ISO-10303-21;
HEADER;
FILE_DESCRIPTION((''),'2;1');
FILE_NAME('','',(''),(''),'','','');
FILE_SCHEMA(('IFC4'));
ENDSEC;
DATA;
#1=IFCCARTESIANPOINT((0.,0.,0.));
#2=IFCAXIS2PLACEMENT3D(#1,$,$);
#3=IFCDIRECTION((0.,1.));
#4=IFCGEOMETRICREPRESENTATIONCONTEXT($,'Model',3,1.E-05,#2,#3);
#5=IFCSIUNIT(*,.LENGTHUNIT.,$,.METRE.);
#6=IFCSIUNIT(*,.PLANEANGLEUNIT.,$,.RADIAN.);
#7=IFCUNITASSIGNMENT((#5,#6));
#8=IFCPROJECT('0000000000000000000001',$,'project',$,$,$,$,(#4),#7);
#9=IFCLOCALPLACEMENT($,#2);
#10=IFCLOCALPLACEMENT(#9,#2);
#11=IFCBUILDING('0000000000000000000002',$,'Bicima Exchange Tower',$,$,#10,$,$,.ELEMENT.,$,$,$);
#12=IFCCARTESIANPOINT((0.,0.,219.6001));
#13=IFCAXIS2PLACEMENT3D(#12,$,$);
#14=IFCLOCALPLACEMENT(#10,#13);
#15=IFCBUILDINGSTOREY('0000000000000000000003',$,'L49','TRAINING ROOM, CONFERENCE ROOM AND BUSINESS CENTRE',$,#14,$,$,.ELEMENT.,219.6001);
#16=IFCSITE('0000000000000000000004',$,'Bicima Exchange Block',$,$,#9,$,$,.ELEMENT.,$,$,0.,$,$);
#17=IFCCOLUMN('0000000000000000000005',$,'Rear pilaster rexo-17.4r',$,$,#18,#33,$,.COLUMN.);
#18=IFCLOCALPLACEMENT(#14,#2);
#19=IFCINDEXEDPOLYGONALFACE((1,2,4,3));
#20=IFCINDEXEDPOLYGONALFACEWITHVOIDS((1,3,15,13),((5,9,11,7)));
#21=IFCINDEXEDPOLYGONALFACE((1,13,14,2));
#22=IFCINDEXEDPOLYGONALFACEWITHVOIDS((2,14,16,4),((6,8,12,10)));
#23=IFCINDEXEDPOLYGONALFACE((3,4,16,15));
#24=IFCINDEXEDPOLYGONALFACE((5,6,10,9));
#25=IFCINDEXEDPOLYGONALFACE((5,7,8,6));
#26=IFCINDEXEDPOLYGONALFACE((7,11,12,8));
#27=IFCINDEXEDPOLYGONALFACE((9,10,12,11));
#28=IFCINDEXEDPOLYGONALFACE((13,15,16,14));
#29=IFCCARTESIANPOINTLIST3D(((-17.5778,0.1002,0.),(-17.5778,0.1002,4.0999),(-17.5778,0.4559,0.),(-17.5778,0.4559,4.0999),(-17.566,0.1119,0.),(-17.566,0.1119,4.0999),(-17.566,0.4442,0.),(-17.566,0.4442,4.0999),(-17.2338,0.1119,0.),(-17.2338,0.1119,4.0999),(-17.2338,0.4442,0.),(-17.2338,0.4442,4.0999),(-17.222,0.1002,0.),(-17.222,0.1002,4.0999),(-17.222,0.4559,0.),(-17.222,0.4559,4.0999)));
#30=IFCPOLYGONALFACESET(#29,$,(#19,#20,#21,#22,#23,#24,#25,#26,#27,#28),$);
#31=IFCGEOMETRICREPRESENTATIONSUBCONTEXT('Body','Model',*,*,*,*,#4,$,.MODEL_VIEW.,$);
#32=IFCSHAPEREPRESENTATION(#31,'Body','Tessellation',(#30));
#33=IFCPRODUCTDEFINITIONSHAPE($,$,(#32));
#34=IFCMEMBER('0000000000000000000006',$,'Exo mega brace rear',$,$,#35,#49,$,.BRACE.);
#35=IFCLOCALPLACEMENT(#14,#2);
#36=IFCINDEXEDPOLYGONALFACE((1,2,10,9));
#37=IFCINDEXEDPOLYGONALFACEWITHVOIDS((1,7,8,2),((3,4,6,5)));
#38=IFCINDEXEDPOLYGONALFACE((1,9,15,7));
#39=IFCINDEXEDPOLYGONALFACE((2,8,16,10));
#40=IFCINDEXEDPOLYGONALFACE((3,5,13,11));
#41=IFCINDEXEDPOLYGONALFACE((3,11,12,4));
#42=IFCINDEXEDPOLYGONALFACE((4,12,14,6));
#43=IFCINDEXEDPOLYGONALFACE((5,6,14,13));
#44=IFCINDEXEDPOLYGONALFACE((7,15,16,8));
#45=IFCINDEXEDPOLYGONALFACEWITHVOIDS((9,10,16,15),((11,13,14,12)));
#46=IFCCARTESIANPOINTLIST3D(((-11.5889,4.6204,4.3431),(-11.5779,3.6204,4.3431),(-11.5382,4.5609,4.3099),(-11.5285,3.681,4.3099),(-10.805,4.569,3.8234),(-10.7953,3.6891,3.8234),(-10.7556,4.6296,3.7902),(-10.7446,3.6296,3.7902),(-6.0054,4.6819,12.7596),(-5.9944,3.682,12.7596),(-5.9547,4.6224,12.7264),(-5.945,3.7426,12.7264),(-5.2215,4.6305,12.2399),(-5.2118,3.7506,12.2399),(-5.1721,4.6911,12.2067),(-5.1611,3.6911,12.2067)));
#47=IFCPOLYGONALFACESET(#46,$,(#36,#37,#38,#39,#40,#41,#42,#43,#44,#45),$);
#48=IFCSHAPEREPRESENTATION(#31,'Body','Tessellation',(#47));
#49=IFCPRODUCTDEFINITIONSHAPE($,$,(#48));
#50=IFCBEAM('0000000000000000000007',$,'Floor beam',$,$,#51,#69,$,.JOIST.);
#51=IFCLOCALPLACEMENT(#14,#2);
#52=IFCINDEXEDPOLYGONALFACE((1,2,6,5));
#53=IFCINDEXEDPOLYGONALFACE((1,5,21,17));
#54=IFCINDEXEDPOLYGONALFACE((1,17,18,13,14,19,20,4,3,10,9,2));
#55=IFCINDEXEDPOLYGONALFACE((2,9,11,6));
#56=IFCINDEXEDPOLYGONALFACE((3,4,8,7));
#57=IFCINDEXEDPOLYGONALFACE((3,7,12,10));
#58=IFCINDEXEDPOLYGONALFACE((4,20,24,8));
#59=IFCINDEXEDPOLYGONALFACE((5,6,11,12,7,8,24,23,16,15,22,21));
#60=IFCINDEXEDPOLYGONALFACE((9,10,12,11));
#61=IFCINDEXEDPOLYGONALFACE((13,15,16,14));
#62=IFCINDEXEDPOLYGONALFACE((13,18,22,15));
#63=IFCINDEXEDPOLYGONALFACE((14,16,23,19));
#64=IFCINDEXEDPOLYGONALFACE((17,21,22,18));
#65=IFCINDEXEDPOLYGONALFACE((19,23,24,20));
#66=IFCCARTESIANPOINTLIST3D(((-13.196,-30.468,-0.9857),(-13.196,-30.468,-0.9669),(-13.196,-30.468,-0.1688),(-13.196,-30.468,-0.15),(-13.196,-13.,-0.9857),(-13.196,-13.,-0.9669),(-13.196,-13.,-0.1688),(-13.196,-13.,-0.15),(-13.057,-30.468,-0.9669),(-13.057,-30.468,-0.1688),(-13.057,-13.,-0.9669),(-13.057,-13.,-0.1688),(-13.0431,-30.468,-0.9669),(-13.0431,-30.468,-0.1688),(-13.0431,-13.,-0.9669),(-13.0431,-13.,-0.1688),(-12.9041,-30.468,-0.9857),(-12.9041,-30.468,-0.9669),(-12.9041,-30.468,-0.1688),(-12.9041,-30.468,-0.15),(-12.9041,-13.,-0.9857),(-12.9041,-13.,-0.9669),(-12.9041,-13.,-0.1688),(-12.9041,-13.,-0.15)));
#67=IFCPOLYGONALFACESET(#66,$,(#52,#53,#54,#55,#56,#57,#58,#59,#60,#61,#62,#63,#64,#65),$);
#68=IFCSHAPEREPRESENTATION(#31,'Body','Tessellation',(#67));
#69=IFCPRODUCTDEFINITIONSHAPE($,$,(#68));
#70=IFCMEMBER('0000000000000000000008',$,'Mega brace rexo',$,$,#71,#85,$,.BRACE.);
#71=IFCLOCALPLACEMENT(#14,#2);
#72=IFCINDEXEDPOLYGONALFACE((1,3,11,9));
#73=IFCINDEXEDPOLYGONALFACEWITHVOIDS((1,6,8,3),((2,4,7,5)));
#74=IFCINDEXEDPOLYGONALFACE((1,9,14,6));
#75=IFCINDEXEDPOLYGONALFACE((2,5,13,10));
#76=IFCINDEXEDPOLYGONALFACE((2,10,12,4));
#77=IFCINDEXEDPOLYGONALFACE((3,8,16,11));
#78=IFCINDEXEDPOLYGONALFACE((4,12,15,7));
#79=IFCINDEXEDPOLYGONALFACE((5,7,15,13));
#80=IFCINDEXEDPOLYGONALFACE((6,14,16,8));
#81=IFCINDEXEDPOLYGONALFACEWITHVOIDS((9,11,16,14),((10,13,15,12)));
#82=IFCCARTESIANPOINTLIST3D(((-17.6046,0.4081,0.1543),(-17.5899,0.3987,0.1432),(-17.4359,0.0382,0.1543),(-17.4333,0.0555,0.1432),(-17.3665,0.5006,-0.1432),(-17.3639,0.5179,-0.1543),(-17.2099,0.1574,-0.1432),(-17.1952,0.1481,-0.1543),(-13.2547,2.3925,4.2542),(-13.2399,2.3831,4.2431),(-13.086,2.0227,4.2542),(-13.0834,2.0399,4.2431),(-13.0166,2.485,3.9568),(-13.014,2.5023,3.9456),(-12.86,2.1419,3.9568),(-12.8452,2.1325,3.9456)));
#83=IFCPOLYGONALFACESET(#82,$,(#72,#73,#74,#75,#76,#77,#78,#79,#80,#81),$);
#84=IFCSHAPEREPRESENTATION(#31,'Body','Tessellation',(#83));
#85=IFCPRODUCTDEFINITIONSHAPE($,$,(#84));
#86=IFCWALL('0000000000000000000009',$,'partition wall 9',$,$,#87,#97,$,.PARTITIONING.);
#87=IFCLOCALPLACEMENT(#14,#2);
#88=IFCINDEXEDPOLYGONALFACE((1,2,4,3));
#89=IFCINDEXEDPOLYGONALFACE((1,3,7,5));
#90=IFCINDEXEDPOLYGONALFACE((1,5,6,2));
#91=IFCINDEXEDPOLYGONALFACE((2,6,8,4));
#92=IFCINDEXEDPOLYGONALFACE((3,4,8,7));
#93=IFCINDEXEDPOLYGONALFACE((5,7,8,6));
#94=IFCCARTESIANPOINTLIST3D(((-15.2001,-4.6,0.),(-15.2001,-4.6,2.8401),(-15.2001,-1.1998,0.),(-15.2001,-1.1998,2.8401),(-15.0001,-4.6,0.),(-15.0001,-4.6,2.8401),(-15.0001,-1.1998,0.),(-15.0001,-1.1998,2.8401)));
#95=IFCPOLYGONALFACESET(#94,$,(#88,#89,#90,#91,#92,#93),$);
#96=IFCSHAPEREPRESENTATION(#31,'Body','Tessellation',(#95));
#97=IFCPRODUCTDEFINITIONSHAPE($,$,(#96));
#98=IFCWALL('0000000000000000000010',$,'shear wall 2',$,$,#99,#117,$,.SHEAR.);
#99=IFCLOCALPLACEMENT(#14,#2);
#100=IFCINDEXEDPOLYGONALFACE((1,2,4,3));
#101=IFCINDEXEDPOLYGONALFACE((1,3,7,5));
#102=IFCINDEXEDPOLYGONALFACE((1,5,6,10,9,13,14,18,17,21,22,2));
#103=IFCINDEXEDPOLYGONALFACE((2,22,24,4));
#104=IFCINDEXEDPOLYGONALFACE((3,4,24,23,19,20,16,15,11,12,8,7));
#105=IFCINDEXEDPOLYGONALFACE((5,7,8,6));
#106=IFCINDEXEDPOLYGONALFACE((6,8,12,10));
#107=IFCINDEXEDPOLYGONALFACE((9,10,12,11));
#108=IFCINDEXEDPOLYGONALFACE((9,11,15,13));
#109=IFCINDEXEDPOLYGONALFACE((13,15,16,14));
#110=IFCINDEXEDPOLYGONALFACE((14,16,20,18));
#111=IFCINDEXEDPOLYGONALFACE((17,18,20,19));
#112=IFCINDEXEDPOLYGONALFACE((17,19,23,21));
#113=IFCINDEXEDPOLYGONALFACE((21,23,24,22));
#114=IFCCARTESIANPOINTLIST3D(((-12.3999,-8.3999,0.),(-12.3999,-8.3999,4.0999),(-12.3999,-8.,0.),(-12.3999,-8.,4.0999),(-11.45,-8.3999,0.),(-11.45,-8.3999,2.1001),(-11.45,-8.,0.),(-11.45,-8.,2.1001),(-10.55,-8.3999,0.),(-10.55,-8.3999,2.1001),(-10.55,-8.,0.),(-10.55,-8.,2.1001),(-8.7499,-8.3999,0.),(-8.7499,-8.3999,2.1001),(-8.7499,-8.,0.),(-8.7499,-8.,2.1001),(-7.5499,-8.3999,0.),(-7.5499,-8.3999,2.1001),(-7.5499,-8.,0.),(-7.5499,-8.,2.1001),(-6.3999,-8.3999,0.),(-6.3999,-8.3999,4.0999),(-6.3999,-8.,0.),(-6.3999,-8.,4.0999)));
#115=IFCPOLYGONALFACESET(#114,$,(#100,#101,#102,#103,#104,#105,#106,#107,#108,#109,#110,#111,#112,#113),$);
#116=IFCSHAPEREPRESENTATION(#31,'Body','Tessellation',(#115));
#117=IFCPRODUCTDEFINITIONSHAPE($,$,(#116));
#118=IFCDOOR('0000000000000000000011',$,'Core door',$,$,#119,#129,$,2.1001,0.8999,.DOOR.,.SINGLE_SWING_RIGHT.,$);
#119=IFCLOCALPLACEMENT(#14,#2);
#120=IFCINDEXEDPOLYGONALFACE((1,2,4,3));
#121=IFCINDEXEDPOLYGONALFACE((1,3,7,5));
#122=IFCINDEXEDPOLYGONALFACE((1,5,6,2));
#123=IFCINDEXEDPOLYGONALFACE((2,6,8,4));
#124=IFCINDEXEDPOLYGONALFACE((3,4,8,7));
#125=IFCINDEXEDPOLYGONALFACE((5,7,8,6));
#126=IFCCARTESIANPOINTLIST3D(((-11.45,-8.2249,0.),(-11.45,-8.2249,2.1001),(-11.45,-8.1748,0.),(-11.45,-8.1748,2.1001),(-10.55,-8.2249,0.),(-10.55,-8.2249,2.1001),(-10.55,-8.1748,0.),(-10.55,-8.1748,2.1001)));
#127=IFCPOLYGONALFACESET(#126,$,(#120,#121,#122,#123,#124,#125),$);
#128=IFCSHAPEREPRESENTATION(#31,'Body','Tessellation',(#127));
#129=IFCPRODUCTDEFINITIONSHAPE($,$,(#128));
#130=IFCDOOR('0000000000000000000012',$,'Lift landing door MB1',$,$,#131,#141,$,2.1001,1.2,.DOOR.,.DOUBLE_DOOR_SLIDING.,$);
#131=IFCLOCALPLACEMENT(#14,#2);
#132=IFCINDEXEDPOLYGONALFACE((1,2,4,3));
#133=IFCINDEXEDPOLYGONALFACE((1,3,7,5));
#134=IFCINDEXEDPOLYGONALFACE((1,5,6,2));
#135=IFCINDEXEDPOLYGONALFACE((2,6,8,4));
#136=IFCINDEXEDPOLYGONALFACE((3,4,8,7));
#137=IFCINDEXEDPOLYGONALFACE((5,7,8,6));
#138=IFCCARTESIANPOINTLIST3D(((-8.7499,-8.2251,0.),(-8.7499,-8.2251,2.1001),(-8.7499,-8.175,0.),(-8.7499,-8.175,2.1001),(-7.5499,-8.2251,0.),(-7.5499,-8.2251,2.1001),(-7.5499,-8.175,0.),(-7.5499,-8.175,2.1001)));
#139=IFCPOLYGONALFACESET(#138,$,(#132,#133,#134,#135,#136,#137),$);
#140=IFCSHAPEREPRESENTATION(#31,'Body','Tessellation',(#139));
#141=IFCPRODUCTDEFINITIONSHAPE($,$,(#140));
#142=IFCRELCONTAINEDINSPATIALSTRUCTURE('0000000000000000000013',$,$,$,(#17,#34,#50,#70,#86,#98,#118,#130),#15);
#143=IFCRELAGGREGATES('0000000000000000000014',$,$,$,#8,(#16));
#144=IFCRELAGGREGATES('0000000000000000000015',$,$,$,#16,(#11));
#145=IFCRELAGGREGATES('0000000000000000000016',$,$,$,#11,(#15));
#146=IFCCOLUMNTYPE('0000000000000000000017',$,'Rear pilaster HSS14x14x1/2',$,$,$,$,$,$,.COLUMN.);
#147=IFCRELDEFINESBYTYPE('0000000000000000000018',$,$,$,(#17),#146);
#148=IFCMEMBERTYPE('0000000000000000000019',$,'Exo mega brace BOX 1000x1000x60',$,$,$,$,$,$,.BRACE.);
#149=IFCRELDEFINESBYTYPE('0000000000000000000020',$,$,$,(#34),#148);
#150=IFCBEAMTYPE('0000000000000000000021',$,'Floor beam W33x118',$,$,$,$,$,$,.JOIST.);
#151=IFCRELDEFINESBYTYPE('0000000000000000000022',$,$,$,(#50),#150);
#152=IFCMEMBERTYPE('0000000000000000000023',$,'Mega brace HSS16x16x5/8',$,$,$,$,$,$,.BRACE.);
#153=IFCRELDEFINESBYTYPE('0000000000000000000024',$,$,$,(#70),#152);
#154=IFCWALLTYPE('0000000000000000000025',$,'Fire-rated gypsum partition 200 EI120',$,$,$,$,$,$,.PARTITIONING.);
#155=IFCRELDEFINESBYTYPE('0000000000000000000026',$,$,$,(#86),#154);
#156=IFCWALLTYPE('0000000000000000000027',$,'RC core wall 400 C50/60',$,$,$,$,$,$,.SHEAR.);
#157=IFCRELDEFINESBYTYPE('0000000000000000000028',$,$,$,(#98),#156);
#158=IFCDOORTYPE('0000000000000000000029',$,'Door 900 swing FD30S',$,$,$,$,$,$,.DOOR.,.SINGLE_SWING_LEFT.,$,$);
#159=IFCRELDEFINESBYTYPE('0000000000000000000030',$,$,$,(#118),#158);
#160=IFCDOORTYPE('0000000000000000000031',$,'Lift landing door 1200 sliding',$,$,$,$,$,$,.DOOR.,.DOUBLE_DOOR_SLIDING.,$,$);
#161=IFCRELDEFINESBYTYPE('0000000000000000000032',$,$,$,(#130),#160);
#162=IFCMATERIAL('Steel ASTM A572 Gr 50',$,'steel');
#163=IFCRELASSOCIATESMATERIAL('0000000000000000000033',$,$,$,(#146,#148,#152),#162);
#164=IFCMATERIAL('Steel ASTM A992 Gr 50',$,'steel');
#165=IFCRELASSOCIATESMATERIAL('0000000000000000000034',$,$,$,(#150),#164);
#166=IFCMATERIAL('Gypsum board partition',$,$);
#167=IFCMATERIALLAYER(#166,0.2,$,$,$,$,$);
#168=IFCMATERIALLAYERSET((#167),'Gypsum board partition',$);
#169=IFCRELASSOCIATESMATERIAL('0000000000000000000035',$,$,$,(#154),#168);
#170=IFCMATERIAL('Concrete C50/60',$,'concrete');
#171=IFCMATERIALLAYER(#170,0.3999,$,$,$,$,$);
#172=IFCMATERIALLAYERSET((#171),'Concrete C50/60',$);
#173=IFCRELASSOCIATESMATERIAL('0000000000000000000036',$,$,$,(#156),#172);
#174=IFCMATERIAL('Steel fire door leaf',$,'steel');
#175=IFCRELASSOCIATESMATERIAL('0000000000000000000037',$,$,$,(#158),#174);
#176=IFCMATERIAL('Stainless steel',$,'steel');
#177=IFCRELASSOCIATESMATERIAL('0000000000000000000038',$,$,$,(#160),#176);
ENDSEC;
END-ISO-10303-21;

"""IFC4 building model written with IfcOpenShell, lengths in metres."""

from ifc_helpers import new_model, si_unit, direction, frame, frame_2d, origin, origin_2d, place, context, subcontext, project, spatial, rectangle, hollow_rectangle, i_section, extrude, material, layer, layer_set, material_profile, profile_set, type_object, element, fill, save


model = new_model("IFC4")

# Units and contexts
model_context = context("Model", 3, precision=1e-05, world=origin(), true_north=direction((0.0, 1.0)))
body_context = subcontext(model_context, "Body", "Model", "MODEL_VIEW")
ifc_project = project(units=[si_unit("LENGTHUNIT", "METRE"), si_unit("PLANEANGLEUNIT", "RADIAN")], contexts=[model_context])

# Site, building, storey
site_placement = place(None, origin())
site = spatial("IfcSite", under=ifc_project, at=site_placement, Name="Bicima Exchange Block", CompositionType="ELEMENT", RefElevation=0.0)
building_placement = place(site_placement, origin())
building = spatial("IfcBuilding", under=site, at=building_placement, Name="Bicima Exchange Tower", CompositionType="ELEMENT")
storey_placement = place(building_placement, frame((0.0, 0.0, 219.6001)))
storey = spatial("IfcBuildingStorey", under=building, at=storey_placement, Name="L49", Description="TRAINING ROOM, CONFERENCE ROOM AND BUSINESS CENTRE", CompositionType="ELEMENT", Elevation=219.6001)

# Column
ifc_material_1 = material(Name="Steel ASTM A572 Gr 50", Category="steel")
ifc_material_profile_1 = material_profile(ifc_material_1, hollow_rectangle(XDim=0.3557, YDim=0.3557, WallThickness=0.0117, at=origin_2d()))
ifc_profile_set_1 = profile_set([ifc_material_profile_1], Name="Steel ASTM A572 Gr 50")
column_type = type_object("IfcColumnType", Name="Rear pilaster HSS14x14x1/2", PredefinedType="COLUMN", material=ifc_profile_set_1)
column_placement = place(storey_placement, frame((-17.3999, 0.2781, 0.0), z_axis=(0.0, 0.0, 1.0), x_axis=(1.0, 0.0, 0.0)))
element("IfcColumn", 1, at=column_placement, inside=storey, type_object=column_type, Name="Rear pilaster rexo-17.4r", PredefinedType="COLUMN", context=body_context, shape_type="SweptSolid", body=[
    extrude(hollow_rectangle(XDim=0.3557, YDim=0.3557, WallThickness=0.0117, at=origin_2d()), origin(), (0.0, 0.0, 1.0), 4.0999),
])

# Member
ifc_material_profile_2 = material_profile(ifc_material_1, hollow_rectangle(XDim=1.0, YDim=1.0, WallThickness=0.0601, at=origin_2d()))
ifc_profile_set_2 = profile_set([ifc_material_profile_2], Name="Steel ASTM A572 Gr 50")
member_type_1 = type_object("IfcMemberType", Name="Exo mega brace BOX 1000x1000x60", PredefinedType="BRACE", material=ifc_profile_set_2)
member_1_placement = place(storey_placement, frame((-11.1667, 4.125, 4.0667), z_axis=(0.552803, 0.006091, 0.83329), x_axis=(-0.011018, 0.999939, 0.0)))
element("IfcMember", 2, at=member_1_placement, inside=storey, type_object=member_type_1, Name="Exo mega brace rear", PredefinedType="BRACE", context=body_context, shape_type="SweptSolid", body=[
    extrude(hollow_rectangle(XDim=1.0, YDim=1.0, WallThickness=0.0601, at=origin_2d()), origin(), (0.0, 0.0, 1.0), 10.1003),
])

# Beam
ifc_material_2 = material(Name="Steel ASTM A992 Gr 50", Category="steel")
ifc_material_profile_3 = material_profile(ifc_material_2, i_section(OverallWidth=0.292, OverallDepth=0.8357, WebThickness=0.0139, FlangeThickness=0.0188, at=origin_2d()))
ifc_profile_set_3 = profile_set([ifc_material_profile_3], Name="Steel ASTM A992 Gr 50")
beam_type = type_object("IfcBeamType", Name="Floor beam W33x118", PredefinedType="JOIST", material=ifc_profile_set_3)
beam_placement = place(storey_placement, frame((-13.05, -13.0, -0.5679), z_axis=(0.0, -1.0, 0.0), x_axis=(1.0, 0.0, 0.0)))
element("IfcBeam", 3, at=beam_placement, inside=storey, type_object=beam_type, Name="Floor beam", PredefinedType="JOIST", context=body_context, shape_type="SweptSolid", body=[
    extrude(i_section(OverallWidth=0.292, OverallDepth=0.8357, WebThickness=0.0139, FlangeThickness=0.0188, at=origin_2d()), origin(), (0.0, 0.0, 1.0), 17.468),
])

# Member
ifc_material_profile_4 = material_profile(ifc_material_1, hollow_rectangle(XDim=0.4065, YDim=0.4065, WallThickness=0.0146, at=origin_2d()))
ifc_profile_set_4 = profile_set([ifc_material_profile_4], Name="Steel ASTM A572 Gr 50")
member_type_2 = type_object("IfcMemberType", Name="Mega brace HSS16x16x5/8", PredefinedType="BRACE", material=ifc_profile_set_4)
member_2_placement = place(storey_placement, frame((-17.3999, 0.2781, 0.0), z_axis=(0.690646, 0.315068, 0.650953), x_axis=(-0.415045, 0.909801, 0.0)))
element("IfcMember", 4, at=member_2_placement, inside=storey, type_object=member_type_2, Name="Mega brace rexo", PredefinedType="BRACE", context=body_context, shape_type="SweptSolid", body=[
    extrude(hollow_rectangle(XDim=0.4065, YDim=0.4065, WallThickness=0.0146, at=origin_2d()), origin(), (0.0, 0.0, 1.0), 6.2983),
])

# Wall
ifc_material_3 = material(Name="Gypsum board partition")
ifc_layer_1 = layer(ifc_material_3, 0.2)
ifc_layer_set_1 = layer_set([ifc_layer_1], Name="Gypsum board partition")
wall_type_1 = type_object("IfcWallType", Name="Fire-rated gypsum partition 200 EI120", PredefinedType="PARTITIONING", material=ifc_layer_set_1)
wall_1_placement = place(storey_placement, frame((-15.1001, -4.6001, 0.0), z_axis=(0.0, 0.0, 1.0), x_axis=(0.0, 1.0, 0.0)))
element("IfcWall", 5, at=wall_1_placement, inside=storey, type_object=wall_type_1, Name="partition wall 9", PredefinedType="PARTITIONING", context=body_context, shape_type="SweptSolid", body=[
    extrude(rectangle(XDim=3.4001, YDim=0.2, at=frame_2d((1.7002, 0.0))), origin(), (0.0, 0.0, 1.0), 2.8401),
])

# Wall, openings, doors
ifc_material_4 = material(Name="Concrete C50/60", Category="concrete")
ifc_layer_2 = layer(ifc_material_4, 0.3999)
ifc_layer_set_2 = layer_set([ifc_layer_2], Name="Concrete C50/60")
wall_type_2 = type_object("IfcWallType", Name="RC core wall 400 C50/60", PredefinedType="SHEAR", material=ifc_layer_set_2)
wall_2_placement = place(storey_placement, frame((-12.3999, -8.2, 0.0), z_axis=(0.0, 0.0, 1.0), x_axis=(1.0, 0.0, 0.0)))
wall_2 = element("IfcWall", 6, at=wall_2_placement, inside=storey, type_object=wall_type_2, Name="shear wall 2", PredefinedType="SHEAR", context=body_context, shape_type="SweptSolid", body=[
    extrude(rectangle(XDim=6.0, YDim=0.3999, at=frame_2d((3.0, 0.0))), origin(), (0.0, 0.0, 1.0), 4.0999),
])
opening_1_placement = place(wall_2_placement, frame((3.6499, 0.0, 0.0)))
opening_1 = element("IfcOpeningElement", 7, at=opening_1_placement, cuts=wall_2, PredefinedType="OPENING", context=body_context, shape_type="SweptSolid", body=[
    extrude(rectangle(XDim=1.2, YDim=2.1001, at=frame_2d((0.6001, 1.05))), frame((0.0, 0.2119, 0.0), z_axis=(0.0, -1.0, 0.0), x_axis=(1.0, 0.0, 0.0)), (0.0, 0.0, 1.0), 0.4238),
])
opening_2_placement = place(wall_2_placement, frame((0.95, 0.0, 0.0)))
opening_2 = element("IfcOpeningElement", 8, at=opening_2_placement, cuts=wall_2, PredefinedType="OPENING", context=body_context, shape_type="SweptSolid", body=[
    extrude(rectangle(XDim=0.8999, YDim=2.1001, at=frame_2d((0.45, 1.05))), frame((0.0, 0.2119, 0.0), z_axis=(0.0, -1.0, 0.0), x_axis=(1.0, 0.0, 0.0)), (0.0, 0.0, 1.0), 0.4238),
])
ifc_material_5 = material(Name="Steel fire door leaf", Category="steel")
door_type_1 = type_object("IfcDoorType", Name="Door 900 swing FD30S", OperationType="SINGLE_SWING_LEFT", PredefinedType="DOOR", material=ifc_material_5)
door_1_placement = place(opening_2_placement, frame((0.8999, 0.0, 0.0), z_axis=(0.0, 0.0, 1.0), x_axis=(-1.0, 0.0, 0.0)))
door_1 = element("IfcDoor", 9, at=door_1_placement, inside=storey, type_object=door_type_1, Name="Core door", OperationType="SINGLE_SWING_RIGHT", OverallHeight=2.1001, OverallWidth=0.8999, PredefinedType="DOOR", context=body_context, shape_type="SweptSolid", body=[
    extrude(rectangle(XDim=0.8999, YDim=2.1001, at=frame_2d((0.45, 1.05))), frame((0.0, 0.0249, 0.0), z_axis=(0.0, -1.0, 0.0), x_axis=(1.0, 0.0, 0.0)), (0.0, 0.0, 1.0), 0.05),
])
fill(opening_2, door_1)
ifc_material_6 = material(Name="Stainless steel", Category="steel")
door_type_2 = type_object("IfcDoorType", Name="Lift landing door 1200 sliding", OperationType="DOUBLE_DOOR_SLIDING", PredefinedType="DOOR", material=ifc_material_6)
door_2_placement = place(opening_1_placement, origin())
door_2 = element("IfcDoor", 10, at=door_2_placement, inside=storey, type_object=door_type_2, Name="Lift landing door MB1", OperationType="DOUBLE_DOOR_SLIDING", OverallHeight=2.1001, OverallWidth=1.2, PredefinedType="DOOR", context=body_context, shape_type="SweptSolid", body=[
    extrude(rectangle(XDim=1.2, YDim=2.1001, at=frame_2d((0.6001, 1.05))), frame((0.0, 0.0249, 0.0), z_axis=(0.0, -1.0, 0.0), x_axis=(1.0, 0.0, 0.0)), (0.0, 0.0, 1.0), 0.05),
])
fill(opening_1, door_2)

save(model, "model.ifc")
